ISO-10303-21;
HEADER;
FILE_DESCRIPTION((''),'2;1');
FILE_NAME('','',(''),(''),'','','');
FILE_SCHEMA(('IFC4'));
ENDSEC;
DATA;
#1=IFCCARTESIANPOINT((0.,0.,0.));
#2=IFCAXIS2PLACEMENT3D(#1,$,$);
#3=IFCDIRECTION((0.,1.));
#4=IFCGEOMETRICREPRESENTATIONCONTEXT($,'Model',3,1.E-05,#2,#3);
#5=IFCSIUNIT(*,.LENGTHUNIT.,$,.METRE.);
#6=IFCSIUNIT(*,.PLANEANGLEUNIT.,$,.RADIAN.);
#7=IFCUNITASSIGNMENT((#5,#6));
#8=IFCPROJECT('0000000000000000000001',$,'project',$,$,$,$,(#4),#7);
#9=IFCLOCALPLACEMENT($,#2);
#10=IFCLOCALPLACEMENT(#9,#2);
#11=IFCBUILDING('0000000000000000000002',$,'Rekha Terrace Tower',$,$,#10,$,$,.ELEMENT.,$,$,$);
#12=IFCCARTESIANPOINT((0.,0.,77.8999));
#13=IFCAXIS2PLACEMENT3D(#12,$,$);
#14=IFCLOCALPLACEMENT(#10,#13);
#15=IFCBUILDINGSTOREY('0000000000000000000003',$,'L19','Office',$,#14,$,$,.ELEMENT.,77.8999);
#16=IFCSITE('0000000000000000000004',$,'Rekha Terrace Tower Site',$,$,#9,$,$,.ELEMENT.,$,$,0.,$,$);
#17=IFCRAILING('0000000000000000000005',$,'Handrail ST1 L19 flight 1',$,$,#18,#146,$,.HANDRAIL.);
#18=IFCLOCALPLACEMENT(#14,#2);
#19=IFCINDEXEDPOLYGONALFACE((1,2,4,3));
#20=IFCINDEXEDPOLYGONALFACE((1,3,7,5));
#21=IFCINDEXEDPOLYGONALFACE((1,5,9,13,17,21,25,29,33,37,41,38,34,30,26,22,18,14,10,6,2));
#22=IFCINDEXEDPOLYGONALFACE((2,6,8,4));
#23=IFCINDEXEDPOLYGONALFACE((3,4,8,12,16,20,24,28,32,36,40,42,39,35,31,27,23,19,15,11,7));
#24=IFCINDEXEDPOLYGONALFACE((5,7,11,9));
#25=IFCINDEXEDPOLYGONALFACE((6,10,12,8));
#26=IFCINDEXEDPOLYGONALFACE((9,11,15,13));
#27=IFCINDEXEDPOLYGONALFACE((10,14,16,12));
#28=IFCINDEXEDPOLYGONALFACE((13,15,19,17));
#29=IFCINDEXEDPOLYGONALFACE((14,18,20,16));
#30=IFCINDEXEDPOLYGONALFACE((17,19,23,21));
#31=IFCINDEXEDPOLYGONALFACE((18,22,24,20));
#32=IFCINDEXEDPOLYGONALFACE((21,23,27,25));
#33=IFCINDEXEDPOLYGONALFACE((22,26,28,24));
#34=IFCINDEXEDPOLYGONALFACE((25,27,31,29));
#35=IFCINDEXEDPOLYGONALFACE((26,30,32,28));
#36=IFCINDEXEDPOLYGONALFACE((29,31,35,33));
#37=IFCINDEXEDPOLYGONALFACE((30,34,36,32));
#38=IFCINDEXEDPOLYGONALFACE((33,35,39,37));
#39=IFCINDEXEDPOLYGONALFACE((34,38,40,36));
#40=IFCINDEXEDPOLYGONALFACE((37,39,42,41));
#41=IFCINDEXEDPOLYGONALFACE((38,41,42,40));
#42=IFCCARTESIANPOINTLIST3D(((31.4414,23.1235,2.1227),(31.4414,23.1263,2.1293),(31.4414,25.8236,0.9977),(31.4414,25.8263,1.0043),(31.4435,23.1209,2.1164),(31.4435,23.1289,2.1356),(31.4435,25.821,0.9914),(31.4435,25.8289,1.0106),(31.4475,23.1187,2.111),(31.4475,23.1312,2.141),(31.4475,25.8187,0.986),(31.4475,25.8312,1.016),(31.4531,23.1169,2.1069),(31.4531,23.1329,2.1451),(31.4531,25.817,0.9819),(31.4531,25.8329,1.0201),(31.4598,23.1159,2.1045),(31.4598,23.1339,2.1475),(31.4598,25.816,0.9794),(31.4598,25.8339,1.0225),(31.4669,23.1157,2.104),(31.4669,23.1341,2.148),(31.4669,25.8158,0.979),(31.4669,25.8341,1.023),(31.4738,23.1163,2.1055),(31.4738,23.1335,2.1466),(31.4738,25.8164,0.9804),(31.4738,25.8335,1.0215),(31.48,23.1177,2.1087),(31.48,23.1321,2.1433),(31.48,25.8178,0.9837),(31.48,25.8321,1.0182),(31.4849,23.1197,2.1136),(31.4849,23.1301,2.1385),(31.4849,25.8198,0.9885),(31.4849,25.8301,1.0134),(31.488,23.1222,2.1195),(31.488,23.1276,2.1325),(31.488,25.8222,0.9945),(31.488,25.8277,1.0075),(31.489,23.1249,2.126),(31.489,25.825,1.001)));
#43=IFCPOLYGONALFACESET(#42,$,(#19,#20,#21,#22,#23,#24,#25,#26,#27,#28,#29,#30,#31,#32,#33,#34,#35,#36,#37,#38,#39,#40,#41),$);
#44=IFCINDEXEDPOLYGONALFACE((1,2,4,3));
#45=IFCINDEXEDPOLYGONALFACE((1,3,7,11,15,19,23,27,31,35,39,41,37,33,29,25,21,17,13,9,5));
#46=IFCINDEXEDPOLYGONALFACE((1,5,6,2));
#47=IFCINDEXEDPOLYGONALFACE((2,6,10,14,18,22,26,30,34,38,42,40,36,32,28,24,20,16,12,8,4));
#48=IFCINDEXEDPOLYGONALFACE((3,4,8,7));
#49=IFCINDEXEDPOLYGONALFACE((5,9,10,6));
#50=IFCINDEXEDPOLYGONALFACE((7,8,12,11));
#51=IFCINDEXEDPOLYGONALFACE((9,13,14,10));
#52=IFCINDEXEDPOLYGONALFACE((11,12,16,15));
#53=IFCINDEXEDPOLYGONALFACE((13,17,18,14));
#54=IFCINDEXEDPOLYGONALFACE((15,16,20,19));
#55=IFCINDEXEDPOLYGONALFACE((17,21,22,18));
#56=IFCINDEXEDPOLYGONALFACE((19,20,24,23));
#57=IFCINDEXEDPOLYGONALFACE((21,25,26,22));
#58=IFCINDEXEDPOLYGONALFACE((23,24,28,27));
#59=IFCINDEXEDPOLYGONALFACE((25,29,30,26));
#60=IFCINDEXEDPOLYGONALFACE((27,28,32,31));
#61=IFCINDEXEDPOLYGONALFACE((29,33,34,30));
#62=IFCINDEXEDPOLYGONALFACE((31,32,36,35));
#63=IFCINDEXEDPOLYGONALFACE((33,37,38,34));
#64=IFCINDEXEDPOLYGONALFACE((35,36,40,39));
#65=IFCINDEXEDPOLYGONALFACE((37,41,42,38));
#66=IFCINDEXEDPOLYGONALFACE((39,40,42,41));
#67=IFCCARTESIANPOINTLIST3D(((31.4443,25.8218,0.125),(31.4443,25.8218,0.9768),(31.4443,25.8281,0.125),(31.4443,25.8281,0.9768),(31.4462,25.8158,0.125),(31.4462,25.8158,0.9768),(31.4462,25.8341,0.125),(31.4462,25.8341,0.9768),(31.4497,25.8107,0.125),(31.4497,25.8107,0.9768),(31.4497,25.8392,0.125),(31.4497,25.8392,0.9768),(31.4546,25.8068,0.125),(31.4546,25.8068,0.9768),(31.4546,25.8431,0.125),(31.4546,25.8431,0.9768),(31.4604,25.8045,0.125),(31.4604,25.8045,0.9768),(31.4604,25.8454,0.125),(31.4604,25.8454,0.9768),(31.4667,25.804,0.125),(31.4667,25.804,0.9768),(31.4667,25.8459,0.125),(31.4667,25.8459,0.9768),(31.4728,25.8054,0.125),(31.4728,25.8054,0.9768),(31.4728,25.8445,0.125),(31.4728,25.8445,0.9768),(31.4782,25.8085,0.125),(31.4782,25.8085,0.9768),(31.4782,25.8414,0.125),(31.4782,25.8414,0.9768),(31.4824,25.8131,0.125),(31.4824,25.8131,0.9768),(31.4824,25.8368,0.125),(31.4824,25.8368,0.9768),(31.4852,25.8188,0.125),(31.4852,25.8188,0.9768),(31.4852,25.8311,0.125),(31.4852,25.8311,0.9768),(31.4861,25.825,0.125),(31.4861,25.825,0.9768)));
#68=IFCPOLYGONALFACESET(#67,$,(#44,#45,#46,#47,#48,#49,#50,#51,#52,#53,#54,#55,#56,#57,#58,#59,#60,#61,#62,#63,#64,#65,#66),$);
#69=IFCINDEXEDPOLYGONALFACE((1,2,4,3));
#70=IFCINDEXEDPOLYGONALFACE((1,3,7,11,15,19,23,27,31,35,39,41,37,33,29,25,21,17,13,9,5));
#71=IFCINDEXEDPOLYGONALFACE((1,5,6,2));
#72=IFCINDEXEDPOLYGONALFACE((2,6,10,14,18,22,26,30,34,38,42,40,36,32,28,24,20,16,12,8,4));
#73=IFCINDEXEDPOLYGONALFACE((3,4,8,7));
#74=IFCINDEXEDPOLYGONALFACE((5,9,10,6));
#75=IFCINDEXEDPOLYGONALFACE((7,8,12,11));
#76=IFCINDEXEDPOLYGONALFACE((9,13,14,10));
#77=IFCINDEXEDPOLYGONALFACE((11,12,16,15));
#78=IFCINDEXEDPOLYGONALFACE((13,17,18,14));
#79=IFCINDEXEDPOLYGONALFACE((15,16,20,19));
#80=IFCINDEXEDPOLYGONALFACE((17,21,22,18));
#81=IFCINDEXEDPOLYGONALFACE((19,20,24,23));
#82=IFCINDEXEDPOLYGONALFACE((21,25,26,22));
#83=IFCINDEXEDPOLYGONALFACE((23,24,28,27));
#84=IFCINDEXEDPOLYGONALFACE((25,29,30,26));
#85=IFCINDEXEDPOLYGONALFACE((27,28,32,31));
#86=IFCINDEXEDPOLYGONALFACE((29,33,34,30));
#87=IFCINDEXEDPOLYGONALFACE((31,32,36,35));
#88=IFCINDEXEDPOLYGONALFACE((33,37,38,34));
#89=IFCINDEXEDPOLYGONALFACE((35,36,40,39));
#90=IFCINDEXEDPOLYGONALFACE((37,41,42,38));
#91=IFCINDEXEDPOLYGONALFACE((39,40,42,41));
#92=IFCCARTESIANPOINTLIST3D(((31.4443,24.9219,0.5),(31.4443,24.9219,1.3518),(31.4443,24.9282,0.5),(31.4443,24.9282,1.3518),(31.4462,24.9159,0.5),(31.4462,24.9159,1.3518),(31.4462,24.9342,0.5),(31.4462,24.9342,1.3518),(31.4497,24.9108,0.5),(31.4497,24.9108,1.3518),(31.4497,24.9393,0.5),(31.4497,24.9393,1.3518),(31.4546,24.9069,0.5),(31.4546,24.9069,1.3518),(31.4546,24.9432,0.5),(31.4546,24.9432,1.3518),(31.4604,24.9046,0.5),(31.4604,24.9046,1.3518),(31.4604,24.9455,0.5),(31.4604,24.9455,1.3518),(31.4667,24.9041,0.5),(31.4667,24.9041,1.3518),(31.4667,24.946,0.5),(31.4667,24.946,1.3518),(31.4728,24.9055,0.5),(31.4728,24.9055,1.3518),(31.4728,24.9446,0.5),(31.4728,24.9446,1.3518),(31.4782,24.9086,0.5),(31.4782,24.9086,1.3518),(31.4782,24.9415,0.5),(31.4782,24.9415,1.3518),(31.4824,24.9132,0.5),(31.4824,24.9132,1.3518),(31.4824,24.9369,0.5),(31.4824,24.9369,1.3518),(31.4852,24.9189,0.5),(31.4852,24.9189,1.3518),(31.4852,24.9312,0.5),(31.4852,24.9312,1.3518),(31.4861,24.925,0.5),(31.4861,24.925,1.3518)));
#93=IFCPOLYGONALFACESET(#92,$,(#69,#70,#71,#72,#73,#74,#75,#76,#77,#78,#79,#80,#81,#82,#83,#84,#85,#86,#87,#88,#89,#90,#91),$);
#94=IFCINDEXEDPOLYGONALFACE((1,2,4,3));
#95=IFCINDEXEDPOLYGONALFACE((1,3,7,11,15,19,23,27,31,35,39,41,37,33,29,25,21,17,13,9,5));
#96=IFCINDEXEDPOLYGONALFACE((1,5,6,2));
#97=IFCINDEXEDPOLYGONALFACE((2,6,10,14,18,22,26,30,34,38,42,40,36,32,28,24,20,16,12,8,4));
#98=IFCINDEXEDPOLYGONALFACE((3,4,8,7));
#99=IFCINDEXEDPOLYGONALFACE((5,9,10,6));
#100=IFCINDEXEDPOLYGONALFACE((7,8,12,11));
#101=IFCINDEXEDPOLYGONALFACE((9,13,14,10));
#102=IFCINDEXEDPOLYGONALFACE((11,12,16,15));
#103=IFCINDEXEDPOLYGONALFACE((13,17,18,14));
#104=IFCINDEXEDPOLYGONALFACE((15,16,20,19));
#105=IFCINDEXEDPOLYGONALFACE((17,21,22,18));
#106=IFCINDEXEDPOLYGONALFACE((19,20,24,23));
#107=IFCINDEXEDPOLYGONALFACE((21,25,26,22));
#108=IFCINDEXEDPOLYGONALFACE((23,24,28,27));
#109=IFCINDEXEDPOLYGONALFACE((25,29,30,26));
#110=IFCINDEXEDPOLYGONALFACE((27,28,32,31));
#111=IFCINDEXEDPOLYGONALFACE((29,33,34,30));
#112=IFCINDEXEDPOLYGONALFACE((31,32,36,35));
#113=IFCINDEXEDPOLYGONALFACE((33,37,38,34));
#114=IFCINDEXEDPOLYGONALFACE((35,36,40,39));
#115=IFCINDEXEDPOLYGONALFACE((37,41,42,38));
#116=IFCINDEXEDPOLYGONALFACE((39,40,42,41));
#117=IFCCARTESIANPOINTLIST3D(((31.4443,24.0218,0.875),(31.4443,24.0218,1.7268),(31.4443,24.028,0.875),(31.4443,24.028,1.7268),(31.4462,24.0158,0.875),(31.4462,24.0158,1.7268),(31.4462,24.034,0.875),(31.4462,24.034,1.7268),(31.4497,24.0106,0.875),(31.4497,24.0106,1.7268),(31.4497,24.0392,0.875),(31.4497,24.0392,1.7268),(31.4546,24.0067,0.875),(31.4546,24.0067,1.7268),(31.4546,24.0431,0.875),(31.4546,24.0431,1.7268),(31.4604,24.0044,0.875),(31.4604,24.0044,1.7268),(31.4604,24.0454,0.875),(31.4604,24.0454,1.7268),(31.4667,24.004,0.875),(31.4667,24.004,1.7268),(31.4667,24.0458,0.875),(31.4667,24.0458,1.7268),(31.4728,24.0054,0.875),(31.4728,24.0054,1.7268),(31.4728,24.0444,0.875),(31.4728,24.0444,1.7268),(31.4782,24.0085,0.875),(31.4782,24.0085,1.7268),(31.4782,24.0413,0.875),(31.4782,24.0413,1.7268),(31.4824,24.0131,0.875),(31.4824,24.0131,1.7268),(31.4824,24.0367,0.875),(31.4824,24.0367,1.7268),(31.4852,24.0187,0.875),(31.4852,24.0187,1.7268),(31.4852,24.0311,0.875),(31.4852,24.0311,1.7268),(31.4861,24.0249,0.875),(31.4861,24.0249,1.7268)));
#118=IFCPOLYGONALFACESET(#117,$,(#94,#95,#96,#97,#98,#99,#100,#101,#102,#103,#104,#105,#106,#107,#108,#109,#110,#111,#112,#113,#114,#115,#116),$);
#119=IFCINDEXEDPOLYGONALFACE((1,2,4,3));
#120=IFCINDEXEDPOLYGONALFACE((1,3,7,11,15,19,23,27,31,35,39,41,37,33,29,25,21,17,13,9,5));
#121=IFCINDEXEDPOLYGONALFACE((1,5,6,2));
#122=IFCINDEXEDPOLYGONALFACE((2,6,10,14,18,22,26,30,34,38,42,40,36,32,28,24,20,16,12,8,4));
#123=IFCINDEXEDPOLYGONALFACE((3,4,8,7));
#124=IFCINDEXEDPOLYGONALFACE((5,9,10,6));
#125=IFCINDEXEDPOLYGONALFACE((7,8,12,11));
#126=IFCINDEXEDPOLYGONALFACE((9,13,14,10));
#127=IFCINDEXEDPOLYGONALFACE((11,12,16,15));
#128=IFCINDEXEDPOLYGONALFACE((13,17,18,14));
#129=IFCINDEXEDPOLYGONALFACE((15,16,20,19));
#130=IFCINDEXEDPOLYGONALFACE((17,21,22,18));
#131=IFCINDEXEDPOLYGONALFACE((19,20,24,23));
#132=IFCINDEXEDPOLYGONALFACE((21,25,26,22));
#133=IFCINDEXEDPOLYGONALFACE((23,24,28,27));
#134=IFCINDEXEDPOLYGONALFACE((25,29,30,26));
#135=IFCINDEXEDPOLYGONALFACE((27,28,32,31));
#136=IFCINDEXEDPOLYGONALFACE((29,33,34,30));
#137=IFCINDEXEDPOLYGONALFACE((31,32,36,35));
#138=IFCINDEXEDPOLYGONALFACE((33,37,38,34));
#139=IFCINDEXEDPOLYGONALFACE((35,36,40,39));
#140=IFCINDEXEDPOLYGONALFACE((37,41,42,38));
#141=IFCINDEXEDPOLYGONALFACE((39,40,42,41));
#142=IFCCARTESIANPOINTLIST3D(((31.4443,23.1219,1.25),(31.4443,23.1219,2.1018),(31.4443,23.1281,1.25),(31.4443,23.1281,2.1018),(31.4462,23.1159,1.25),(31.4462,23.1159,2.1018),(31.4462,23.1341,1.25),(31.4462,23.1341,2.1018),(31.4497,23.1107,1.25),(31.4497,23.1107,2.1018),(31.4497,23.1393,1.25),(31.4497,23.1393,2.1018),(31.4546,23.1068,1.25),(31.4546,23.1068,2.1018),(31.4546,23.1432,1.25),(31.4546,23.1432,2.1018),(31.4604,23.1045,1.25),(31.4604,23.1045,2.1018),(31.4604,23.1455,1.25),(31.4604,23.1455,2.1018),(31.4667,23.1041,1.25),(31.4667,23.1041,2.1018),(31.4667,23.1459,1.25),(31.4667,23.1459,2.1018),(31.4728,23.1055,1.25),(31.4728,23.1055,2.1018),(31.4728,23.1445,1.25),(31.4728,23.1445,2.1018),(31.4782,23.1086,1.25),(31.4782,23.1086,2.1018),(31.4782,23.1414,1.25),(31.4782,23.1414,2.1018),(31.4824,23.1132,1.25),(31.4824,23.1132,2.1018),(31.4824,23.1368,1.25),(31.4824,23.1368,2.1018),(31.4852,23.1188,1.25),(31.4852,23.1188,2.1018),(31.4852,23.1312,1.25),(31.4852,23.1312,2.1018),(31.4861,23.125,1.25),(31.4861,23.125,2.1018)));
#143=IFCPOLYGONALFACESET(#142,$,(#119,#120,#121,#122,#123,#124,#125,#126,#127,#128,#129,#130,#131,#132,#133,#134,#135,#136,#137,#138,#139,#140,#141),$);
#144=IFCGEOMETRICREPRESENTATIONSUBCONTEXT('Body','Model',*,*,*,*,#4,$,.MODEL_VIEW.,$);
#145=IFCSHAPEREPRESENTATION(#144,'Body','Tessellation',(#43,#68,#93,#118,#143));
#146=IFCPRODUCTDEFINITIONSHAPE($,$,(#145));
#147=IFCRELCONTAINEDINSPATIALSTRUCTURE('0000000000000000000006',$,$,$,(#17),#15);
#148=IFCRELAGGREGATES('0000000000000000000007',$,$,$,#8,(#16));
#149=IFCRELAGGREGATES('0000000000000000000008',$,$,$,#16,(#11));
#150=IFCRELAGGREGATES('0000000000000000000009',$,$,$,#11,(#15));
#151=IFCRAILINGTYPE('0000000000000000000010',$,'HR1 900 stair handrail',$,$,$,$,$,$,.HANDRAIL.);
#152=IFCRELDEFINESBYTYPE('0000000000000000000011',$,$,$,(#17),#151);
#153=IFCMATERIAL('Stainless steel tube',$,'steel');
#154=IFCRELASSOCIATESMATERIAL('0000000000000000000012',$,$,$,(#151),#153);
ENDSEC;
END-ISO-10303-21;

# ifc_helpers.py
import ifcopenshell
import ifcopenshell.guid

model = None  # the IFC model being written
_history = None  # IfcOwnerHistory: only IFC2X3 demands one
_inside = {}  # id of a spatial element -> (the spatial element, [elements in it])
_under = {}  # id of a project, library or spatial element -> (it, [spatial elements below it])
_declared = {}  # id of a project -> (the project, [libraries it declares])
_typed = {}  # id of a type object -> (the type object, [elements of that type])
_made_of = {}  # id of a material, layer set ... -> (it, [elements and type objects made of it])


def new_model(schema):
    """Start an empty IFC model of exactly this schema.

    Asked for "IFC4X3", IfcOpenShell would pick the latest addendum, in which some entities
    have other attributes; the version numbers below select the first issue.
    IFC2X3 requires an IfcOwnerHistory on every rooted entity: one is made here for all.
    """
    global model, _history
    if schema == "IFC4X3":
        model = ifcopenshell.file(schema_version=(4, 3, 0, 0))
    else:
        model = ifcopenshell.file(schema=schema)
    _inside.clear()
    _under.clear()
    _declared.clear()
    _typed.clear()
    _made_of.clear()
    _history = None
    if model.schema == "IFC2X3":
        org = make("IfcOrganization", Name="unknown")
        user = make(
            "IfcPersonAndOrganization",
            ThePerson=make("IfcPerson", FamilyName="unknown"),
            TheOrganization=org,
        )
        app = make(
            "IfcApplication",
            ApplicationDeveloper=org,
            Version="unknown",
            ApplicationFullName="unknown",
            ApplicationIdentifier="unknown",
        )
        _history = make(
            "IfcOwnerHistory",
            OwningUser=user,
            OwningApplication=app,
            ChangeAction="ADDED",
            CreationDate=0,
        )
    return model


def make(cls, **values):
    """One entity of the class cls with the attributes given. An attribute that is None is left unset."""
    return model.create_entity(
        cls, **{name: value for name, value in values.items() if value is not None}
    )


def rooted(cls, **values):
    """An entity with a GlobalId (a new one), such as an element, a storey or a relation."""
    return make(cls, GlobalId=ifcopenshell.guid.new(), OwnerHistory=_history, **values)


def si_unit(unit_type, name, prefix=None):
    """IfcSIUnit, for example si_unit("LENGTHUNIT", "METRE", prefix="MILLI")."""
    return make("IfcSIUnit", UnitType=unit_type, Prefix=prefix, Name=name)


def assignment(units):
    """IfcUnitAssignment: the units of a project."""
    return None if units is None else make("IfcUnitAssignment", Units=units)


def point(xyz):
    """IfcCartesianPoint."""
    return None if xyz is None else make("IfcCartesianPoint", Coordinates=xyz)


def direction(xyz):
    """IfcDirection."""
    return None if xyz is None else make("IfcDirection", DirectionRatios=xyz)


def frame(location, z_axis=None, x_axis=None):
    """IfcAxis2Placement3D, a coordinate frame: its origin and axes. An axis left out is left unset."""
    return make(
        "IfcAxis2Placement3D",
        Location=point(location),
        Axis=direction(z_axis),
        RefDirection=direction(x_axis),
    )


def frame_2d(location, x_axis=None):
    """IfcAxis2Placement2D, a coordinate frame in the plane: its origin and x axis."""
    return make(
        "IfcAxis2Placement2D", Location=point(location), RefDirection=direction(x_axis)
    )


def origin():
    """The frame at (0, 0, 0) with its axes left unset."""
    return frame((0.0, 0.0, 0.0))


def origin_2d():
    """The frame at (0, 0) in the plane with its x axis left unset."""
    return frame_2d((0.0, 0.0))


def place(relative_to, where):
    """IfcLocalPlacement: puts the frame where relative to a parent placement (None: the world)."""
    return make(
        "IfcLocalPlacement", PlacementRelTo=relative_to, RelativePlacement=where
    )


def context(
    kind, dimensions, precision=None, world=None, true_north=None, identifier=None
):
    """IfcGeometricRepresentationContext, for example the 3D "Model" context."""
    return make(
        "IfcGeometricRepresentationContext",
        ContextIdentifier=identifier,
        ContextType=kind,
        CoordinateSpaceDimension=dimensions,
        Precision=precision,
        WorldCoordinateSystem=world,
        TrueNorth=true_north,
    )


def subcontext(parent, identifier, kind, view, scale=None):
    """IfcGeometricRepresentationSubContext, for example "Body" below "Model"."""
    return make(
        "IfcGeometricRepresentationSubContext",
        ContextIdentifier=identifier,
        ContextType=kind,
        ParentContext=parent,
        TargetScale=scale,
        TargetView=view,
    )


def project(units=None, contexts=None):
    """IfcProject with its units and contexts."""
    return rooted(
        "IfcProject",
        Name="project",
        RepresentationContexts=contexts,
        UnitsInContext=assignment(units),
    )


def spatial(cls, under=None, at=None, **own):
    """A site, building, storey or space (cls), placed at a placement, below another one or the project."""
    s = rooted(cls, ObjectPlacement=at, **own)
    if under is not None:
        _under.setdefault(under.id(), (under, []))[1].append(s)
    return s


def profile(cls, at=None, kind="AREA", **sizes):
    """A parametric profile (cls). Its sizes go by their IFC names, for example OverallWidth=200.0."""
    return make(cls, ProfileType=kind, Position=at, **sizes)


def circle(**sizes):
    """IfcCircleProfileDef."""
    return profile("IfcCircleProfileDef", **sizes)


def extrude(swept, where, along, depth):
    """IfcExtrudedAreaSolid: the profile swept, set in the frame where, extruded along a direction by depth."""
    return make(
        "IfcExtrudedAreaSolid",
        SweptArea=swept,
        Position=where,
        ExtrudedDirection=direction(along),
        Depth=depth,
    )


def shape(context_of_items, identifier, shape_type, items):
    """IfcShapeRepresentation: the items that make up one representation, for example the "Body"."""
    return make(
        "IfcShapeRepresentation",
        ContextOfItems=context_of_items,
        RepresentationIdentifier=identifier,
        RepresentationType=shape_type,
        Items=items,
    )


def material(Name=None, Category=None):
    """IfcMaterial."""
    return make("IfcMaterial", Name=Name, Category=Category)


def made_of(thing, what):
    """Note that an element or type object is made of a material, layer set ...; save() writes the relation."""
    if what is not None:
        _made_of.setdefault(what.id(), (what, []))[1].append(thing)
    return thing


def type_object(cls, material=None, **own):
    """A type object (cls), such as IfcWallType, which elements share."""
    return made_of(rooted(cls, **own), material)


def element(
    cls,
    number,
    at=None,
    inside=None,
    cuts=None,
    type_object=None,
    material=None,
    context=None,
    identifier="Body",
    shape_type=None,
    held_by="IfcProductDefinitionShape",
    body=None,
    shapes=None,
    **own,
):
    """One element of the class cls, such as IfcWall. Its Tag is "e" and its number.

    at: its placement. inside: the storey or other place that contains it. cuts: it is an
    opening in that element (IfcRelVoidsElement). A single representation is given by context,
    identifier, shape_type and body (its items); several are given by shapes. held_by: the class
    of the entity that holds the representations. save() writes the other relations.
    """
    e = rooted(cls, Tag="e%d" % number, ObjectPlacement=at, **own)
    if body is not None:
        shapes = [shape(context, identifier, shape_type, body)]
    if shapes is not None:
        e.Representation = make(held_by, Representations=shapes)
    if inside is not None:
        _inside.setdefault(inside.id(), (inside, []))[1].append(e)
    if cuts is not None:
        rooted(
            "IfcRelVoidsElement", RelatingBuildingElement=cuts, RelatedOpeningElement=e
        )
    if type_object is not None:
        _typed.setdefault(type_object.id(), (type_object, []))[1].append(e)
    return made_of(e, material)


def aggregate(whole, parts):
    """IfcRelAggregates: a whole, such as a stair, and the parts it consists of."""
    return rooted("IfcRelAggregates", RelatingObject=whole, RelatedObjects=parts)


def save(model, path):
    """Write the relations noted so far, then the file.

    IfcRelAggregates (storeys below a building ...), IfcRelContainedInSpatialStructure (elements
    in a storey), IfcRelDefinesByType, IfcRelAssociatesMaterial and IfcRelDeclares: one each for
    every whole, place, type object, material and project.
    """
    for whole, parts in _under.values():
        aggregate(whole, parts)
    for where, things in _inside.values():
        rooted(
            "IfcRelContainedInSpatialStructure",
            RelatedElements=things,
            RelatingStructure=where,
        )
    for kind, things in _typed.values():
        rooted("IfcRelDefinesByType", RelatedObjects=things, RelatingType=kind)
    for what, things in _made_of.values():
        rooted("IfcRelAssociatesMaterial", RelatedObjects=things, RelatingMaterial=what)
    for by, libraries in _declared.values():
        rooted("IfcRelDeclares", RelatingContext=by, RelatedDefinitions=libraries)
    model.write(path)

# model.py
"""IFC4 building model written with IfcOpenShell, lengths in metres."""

from ifc_helpers import new_model, si_unit, direction, frame, origin, origin_2d, place, context, subcontext, project, spatial, circle, extrude, material, type_object, element, save


model = new_model("IFC4")

# Units and contexts
model_context = context("Model", 3, precision=1e-05, world=origin(), true_north=direction((0.0, 1.0)))
body_context = subcontext(model_context, "Body", "Model", "MODEL_VIEW")
ifc_project = project(units=[si_unit("LENGTHUNIT", "METRE"), si_unit("PLANEANGLEUNIT", "RADIAN")], contexts=[model_context])

# Site, building, storey
site_placement = place(None, origin())
site = spatial("IfcSite", under=ifc_project, at=site_placement, Name="Rekha Terrace Tower Site", CompositionType="ELEMENT", RefElevation=0.0)
building_placement = place(site_placement, origin())
building = spatial("IfcBuilding", under=site, at=building_placement, Name="Rekha Terrace Tower", CompositionType="ELEMENT")
storey_placement = place(building_placement, frame((0.0, 0.0, 77.8999)))
storey = spatial("IfcBuildingStorey", under=building, at=storey_placement, Name="L19", Description="Office", CompositionType="ELEMENT", Elevation=77.8999)

# Railing
ifc_material_1 = material(Name="Stainless steel tube", Category="steel")
railing_type_1 = type_object("IfcRailingType", Name="HR1 900 stair handrail", PredefinedType="HANDRAIL", material=ifc_material_1)
railing_1_placement = place(storey_placement, frame((31.4651, 25.825, 0.125)))
element("IfcRailing", 1, at=railing_1_placement, inside=storey, type_object=railing_type_1, Name="Handrail ST1 L19 flight 1", PredefinedType="HANDRAIL", context=body_context, shape_type="SweptSolid", body=[
    extrude(circle(Radius=0.0239, at=origin_2d()), frame((0.0, 0.0, 0.876), z_axis=(0.0, -0.923074, 0.384621), x_axis=(1.0, 0.0, 0.0)), (0.0, 0.0, 1.0), 2.925),
    extrude(circle(Radius=0.021, at=origin_2d()), origin(), (0.0, 0.0, 1.0), 0.8518),
    extrude(circle(Radius=0.021, at=origin_2d()), frame((0.0, -0.8999, 0.375)), (0.0, 0.0, 1.0), 0.8518),
    extrude(circle(Radius=0.021, at=origin_2d()), frame((0.0, -1.8, 0.75)), (0.0, 0.0, 1.0), 0.8518),
    extrude(circle(Radius=0.021, at=origin_2d()), frame((0.0, -2.7, 1.125)), (0.0, 0.0, 1.0), 0.8518),
])

save(model, "model.ifc")
